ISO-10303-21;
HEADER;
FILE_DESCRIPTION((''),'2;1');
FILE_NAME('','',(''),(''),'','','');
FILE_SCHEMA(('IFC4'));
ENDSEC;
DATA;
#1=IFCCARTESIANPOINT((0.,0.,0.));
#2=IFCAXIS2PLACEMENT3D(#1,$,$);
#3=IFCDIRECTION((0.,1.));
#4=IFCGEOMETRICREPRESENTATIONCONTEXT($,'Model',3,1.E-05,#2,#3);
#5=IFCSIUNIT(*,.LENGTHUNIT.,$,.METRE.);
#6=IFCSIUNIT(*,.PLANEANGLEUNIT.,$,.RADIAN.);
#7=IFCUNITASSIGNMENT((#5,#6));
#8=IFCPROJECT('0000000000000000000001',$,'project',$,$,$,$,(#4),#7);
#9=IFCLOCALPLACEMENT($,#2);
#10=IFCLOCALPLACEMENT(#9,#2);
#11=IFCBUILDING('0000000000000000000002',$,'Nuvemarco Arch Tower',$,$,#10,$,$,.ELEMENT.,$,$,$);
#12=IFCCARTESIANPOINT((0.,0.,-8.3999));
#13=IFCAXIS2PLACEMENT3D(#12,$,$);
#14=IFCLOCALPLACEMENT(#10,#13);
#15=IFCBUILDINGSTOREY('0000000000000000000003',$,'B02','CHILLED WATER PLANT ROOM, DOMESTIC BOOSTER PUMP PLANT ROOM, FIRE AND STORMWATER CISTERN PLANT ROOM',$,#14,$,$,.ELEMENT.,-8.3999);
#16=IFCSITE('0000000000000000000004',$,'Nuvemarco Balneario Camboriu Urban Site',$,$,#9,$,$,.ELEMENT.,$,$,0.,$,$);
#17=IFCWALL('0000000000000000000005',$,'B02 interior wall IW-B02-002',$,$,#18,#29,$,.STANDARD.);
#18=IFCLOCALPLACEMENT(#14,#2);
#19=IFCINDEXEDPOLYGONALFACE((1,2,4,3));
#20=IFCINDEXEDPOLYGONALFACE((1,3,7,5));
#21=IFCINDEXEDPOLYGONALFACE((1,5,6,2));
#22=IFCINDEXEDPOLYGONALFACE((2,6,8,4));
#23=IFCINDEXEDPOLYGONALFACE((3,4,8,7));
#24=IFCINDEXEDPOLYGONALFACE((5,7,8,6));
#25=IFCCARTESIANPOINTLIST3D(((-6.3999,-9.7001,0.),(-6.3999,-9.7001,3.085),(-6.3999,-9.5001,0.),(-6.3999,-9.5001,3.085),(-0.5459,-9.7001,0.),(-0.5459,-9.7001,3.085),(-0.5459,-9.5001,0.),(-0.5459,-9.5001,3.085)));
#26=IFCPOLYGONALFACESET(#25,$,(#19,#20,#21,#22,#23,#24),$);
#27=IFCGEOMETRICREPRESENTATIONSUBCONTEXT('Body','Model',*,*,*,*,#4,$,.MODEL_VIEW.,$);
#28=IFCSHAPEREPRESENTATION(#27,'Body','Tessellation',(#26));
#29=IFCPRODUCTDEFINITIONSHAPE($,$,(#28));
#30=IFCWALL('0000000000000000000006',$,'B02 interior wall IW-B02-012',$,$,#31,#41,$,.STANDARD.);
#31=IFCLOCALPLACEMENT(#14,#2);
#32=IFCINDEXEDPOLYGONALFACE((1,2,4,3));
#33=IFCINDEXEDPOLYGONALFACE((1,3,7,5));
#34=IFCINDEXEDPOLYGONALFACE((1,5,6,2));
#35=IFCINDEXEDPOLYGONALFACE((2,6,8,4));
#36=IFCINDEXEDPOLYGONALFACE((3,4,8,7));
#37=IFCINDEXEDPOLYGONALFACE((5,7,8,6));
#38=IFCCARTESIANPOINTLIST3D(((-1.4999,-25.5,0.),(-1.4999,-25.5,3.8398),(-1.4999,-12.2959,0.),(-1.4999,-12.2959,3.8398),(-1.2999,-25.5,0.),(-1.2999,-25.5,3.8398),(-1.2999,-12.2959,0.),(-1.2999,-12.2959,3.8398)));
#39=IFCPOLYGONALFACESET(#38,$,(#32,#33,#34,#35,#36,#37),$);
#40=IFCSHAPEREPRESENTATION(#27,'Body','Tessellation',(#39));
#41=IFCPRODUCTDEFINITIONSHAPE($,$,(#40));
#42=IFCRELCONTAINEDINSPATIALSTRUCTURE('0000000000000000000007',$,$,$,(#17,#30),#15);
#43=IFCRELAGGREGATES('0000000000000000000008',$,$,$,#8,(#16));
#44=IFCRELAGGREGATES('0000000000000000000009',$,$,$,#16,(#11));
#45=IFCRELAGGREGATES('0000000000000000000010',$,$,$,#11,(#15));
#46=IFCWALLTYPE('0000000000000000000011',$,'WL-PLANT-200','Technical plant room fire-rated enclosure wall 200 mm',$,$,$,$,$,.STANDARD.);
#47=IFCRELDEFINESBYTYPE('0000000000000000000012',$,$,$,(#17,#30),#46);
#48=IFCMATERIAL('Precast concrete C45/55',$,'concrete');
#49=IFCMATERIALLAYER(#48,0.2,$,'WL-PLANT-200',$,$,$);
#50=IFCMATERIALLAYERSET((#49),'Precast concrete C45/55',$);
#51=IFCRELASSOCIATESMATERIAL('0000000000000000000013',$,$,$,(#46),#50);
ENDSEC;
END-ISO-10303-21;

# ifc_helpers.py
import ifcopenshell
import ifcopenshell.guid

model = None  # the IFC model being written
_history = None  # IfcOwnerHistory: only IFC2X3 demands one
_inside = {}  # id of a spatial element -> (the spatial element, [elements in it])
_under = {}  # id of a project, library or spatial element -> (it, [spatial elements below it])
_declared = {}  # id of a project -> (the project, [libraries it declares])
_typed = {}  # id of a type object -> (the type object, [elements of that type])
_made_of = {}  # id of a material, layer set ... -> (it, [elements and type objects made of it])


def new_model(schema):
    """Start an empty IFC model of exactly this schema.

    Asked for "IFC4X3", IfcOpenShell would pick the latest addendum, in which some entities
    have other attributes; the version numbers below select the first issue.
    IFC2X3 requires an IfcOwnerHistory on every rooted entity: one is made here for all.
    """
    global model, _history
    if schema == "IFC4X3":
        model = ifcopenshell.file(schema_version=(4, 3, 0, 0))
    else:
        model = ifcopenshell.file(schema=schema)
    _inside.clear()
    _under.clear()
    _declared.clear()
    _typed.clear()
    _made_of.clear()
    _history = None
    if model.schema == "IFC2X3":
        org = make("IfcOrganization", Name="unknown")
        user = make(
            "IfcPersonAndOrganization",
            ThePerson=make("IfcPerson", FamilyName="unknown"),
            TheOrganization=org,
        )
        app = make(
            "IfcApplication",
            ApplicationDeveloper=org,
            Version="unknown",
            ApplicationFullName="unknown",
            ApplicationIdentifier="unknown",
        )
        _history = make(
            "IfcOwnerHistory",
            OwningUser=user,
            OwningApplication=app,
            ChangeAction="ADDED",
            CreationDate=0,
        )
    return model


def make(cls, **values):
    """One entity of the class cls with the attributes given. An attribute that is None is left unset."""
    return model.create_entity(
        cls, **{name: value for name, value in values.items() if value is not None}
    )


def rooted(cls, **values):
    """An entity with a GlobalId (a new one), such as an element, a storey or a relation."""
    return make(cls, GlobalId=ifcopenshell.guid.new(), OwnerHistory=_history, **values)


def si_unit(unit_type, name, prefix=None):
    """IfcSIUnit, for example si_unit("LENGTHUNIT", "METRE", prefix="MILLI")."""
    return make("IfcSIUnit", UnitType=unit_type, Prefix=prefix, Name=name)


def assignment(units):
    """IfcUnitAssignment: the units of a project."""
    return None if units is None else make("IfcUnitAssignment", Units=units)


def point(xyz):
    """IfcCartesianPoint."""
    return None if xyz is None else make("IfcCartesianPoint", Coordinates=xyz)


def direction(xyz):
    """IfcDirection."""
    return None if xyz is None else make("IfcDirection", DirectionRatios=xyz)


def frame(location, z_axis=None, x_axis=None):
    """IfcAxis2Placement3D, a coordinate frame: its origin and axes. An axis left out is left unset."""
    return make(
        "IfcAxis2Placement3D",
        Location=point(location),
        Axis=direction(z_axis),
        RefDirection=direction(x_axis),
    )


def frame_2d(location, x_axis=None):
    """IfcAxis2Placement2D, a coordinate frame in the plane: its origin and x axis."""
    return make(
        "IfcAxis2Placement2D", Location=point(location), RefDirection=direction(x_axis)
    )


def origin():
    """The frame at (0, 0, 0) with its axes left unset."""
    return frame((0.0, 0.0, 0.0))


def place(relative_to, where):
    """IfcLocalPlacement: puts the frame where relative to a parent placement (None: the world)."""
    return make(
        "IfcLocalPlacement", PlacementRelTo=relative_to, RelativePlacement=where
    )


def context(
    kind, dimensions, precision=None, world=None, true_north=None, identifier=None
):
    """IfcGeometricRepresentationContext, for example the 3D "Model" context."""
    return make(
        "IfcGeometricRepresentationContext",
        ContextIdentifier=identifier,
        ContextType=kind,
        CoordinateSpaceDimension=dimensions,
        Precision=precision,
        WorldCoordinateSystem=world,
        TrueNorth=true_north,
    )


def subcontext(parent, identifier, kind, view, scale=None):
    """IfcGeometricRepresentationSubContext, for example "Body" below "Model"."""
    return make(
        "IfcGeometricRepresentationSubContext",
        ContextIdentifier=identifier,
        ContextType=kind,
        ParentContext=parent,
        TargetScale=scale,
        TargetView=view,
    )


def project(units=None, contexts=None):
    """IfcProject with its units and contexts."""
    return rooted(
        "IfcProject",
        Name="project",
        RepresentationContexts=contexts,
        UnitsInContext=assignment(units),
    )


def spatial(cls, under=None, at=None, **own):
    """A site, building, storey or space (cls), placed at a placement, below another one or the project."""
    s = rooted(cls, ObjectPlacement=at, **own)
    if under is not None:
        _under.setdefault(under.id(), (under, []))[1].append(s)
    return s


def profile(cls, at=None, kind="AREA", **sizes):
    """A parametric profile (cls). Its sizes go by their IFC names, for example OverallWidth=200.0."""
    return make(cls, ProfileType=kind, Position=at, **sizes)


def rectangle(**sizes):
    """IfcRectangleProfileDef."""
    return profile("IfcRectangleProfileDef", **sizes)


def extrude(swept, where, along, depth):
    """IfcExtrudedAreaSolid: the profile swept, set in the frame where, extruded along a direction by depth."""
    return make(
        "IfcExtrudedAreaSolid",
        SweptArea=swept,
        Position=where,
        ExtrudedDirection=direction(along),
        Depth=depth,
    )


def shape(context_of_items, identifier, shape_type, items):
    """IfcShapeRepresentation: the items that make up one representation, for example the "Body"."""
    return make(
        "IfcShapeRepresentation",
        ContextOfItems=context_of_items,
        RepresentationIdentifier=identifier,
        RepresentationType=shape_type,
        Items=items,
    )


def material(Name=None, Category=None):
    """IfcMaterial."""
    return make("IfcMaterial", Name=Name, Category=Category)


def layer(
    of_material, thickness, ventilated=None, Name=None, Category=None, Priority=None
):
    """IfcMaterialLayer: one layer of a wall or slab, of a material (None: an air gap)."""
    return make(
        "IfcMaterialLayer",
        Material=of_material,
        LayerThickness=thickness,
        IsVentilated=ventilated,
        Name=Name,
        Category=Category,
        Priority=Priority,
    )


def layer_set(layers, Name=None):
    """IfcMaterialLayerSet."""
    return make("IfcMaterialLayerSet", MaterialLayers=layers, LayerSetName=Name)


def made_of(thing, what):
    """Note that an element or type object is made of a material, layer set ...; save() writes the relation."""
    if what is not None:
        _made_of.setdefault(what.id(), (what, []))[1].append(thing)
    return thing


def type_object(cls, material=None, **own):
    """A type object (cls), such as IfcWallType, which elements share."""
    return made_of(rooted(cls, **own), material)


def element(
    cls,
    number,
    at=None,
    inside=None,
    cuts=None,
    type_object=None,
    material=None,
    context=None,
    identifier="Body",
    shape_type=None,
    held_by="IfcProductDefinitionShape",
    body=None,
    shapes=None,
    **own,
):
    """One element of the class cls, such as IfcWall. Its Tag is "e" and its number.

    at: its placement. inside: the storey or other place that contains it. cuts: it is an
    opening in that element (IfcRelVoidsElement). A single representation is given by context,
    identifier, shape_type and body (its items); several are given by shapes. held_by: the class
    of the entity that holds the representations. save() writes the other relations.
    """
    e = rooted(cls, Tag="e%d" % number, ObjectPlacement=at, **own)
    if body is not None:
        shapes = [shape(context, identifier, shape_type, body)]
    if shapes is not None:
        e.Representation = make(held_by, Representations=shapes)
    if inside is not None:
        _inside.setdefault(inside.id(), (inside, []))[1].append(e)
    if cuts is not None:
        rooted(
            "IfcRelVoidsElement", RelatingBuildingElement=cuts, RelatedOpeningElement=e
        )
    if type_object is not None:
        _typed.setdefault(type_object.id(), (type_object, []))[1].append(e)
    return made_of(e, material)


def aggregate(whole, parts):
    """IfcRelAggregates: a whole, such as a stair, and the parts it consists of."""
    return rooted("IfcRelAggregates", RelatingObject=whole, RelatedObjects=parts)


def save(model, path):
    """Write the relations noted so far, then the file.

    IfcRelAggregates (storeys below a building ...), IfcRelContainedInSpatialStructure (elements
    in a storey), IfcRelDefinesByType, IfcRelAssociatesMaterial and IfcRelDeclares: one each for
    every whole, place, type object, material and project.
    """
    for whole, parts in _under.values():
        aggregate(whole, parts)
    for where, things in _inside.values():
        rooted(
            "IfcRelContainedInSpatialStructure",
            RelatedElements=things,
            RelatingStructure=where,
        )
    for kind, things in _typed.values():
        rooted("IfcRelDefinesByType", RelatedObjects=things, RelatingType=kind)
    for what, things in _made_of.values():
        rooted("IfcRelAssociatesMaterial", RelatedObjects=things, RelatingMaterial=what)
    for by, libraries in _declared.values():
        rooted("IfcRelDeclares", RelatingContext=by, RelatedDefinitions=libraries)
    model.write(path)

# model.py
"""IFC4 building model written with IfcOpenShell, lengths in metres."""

from ifc_helpers import new_model, si_unit, direction, frame, frame_2d, origin, place, context, subcontext, project, spatial, rectangle, extrude, material, layer, layer_set, type_object, element, save


model = new_model("IFC4")

# Units and contexts
model_context = context("Model", 3, precision=1e-05, world=origin(), true_north=direction((0.0, 1.0)))
body_context = subcontext(model_context, "Body", "Model", "MODEL_VIEW")
ifc_project = project(units=[si_unit("LENGTHUNIT", "METRE"), si_unit("PLANEANGLEUNIT", "RADIAN")], contexts=[model_context])

# Site, building, storey
site_placement = place(None, origin())
site = spatial("IfcSite", under=ifc_project, at=site_placement, Name="Nuvemarco Balneario Camboriu Urban Site", CompositionType="ELEMENT", RefElevation=0.0)
building_placement = place(site_placement, origin())
building = spatial("IfcBuilding", under=site, at=building_placement, Name="Nuvemarco Arch Tower", CompositionType="ELEMENT")
storey_placement = place(building_placement, frame((0.0, 0.0, -8.3999)))
storey = spatial("IfcBuildingStorey", under=building, at=storey_placement, Name="B02", Description="CHILLED WATER PLANT ROOM, DOMESTIC BOOSTER PUMP PLANT ROOM, FIRE AND STORMWATER CISTERN PLANT ROOM", CompositionType="ELEMENT", Elevation=-8.3999)

# Walls
ifc_material_1 = material(Name="Precast concrete C45/55", Category="concrete")
ifc_layer = layer(ifc_material_1, 0.2, Name="WL-PLANT-200")
ifc_layer_set = layer_set([ifc_layer], Name="Precast concrete C45/55")
wall_type = type_object("IfcWallType", Name="WL-PLANT-200", Description="Technical plant room fire-rated enclosure wall 200 mm", PredefinedType="STANDARD", material=ifc_layer_set)
wall_1_placement = place(storey_placement, frame((-6.3999, -9.6001, 0.0), z_axis=(0.0, 0.0, 1.0), x_axis=(1.0, 0.0, 0.0)))
element("IfcWall", 1, at=wall_1_placement, inside=storey, type_object=wall_type, Name="B02 interior wall IW-B02-002", PredefinedType="STANDARD", context=body_context, shape_type="SweptSolid", body=[
    extrude(rectangle(XDim=5.854, YDim=0.2, at=frame_2d((2.927, 0.0))), origin(), (0.0, 0.0, 1.0), 3.085),
])
wall_2_placement = place(storey_placement, frame((-1.3999, -25.5, 0.0), z_axis=(0.0, 0.0, 1.0), x_axis=(0.0, 1.0, 0.0)))
element("IfcWall", 2, at=wall_2_placement, inside=storey, type_object=wall_type, Name="B02 interior wall IW-B02-012", PredefinedType="STANDARD", context=body_context, shape_type="SweptSolid", body=[
    extrude(rectangle(XDim=13.2041, YDim=0.2, at=frame_2d((6.6021, 0.0))), origin(), (0.0, 0.0, 1.0), 3.8398),
])

save(model, "model.ifc")
